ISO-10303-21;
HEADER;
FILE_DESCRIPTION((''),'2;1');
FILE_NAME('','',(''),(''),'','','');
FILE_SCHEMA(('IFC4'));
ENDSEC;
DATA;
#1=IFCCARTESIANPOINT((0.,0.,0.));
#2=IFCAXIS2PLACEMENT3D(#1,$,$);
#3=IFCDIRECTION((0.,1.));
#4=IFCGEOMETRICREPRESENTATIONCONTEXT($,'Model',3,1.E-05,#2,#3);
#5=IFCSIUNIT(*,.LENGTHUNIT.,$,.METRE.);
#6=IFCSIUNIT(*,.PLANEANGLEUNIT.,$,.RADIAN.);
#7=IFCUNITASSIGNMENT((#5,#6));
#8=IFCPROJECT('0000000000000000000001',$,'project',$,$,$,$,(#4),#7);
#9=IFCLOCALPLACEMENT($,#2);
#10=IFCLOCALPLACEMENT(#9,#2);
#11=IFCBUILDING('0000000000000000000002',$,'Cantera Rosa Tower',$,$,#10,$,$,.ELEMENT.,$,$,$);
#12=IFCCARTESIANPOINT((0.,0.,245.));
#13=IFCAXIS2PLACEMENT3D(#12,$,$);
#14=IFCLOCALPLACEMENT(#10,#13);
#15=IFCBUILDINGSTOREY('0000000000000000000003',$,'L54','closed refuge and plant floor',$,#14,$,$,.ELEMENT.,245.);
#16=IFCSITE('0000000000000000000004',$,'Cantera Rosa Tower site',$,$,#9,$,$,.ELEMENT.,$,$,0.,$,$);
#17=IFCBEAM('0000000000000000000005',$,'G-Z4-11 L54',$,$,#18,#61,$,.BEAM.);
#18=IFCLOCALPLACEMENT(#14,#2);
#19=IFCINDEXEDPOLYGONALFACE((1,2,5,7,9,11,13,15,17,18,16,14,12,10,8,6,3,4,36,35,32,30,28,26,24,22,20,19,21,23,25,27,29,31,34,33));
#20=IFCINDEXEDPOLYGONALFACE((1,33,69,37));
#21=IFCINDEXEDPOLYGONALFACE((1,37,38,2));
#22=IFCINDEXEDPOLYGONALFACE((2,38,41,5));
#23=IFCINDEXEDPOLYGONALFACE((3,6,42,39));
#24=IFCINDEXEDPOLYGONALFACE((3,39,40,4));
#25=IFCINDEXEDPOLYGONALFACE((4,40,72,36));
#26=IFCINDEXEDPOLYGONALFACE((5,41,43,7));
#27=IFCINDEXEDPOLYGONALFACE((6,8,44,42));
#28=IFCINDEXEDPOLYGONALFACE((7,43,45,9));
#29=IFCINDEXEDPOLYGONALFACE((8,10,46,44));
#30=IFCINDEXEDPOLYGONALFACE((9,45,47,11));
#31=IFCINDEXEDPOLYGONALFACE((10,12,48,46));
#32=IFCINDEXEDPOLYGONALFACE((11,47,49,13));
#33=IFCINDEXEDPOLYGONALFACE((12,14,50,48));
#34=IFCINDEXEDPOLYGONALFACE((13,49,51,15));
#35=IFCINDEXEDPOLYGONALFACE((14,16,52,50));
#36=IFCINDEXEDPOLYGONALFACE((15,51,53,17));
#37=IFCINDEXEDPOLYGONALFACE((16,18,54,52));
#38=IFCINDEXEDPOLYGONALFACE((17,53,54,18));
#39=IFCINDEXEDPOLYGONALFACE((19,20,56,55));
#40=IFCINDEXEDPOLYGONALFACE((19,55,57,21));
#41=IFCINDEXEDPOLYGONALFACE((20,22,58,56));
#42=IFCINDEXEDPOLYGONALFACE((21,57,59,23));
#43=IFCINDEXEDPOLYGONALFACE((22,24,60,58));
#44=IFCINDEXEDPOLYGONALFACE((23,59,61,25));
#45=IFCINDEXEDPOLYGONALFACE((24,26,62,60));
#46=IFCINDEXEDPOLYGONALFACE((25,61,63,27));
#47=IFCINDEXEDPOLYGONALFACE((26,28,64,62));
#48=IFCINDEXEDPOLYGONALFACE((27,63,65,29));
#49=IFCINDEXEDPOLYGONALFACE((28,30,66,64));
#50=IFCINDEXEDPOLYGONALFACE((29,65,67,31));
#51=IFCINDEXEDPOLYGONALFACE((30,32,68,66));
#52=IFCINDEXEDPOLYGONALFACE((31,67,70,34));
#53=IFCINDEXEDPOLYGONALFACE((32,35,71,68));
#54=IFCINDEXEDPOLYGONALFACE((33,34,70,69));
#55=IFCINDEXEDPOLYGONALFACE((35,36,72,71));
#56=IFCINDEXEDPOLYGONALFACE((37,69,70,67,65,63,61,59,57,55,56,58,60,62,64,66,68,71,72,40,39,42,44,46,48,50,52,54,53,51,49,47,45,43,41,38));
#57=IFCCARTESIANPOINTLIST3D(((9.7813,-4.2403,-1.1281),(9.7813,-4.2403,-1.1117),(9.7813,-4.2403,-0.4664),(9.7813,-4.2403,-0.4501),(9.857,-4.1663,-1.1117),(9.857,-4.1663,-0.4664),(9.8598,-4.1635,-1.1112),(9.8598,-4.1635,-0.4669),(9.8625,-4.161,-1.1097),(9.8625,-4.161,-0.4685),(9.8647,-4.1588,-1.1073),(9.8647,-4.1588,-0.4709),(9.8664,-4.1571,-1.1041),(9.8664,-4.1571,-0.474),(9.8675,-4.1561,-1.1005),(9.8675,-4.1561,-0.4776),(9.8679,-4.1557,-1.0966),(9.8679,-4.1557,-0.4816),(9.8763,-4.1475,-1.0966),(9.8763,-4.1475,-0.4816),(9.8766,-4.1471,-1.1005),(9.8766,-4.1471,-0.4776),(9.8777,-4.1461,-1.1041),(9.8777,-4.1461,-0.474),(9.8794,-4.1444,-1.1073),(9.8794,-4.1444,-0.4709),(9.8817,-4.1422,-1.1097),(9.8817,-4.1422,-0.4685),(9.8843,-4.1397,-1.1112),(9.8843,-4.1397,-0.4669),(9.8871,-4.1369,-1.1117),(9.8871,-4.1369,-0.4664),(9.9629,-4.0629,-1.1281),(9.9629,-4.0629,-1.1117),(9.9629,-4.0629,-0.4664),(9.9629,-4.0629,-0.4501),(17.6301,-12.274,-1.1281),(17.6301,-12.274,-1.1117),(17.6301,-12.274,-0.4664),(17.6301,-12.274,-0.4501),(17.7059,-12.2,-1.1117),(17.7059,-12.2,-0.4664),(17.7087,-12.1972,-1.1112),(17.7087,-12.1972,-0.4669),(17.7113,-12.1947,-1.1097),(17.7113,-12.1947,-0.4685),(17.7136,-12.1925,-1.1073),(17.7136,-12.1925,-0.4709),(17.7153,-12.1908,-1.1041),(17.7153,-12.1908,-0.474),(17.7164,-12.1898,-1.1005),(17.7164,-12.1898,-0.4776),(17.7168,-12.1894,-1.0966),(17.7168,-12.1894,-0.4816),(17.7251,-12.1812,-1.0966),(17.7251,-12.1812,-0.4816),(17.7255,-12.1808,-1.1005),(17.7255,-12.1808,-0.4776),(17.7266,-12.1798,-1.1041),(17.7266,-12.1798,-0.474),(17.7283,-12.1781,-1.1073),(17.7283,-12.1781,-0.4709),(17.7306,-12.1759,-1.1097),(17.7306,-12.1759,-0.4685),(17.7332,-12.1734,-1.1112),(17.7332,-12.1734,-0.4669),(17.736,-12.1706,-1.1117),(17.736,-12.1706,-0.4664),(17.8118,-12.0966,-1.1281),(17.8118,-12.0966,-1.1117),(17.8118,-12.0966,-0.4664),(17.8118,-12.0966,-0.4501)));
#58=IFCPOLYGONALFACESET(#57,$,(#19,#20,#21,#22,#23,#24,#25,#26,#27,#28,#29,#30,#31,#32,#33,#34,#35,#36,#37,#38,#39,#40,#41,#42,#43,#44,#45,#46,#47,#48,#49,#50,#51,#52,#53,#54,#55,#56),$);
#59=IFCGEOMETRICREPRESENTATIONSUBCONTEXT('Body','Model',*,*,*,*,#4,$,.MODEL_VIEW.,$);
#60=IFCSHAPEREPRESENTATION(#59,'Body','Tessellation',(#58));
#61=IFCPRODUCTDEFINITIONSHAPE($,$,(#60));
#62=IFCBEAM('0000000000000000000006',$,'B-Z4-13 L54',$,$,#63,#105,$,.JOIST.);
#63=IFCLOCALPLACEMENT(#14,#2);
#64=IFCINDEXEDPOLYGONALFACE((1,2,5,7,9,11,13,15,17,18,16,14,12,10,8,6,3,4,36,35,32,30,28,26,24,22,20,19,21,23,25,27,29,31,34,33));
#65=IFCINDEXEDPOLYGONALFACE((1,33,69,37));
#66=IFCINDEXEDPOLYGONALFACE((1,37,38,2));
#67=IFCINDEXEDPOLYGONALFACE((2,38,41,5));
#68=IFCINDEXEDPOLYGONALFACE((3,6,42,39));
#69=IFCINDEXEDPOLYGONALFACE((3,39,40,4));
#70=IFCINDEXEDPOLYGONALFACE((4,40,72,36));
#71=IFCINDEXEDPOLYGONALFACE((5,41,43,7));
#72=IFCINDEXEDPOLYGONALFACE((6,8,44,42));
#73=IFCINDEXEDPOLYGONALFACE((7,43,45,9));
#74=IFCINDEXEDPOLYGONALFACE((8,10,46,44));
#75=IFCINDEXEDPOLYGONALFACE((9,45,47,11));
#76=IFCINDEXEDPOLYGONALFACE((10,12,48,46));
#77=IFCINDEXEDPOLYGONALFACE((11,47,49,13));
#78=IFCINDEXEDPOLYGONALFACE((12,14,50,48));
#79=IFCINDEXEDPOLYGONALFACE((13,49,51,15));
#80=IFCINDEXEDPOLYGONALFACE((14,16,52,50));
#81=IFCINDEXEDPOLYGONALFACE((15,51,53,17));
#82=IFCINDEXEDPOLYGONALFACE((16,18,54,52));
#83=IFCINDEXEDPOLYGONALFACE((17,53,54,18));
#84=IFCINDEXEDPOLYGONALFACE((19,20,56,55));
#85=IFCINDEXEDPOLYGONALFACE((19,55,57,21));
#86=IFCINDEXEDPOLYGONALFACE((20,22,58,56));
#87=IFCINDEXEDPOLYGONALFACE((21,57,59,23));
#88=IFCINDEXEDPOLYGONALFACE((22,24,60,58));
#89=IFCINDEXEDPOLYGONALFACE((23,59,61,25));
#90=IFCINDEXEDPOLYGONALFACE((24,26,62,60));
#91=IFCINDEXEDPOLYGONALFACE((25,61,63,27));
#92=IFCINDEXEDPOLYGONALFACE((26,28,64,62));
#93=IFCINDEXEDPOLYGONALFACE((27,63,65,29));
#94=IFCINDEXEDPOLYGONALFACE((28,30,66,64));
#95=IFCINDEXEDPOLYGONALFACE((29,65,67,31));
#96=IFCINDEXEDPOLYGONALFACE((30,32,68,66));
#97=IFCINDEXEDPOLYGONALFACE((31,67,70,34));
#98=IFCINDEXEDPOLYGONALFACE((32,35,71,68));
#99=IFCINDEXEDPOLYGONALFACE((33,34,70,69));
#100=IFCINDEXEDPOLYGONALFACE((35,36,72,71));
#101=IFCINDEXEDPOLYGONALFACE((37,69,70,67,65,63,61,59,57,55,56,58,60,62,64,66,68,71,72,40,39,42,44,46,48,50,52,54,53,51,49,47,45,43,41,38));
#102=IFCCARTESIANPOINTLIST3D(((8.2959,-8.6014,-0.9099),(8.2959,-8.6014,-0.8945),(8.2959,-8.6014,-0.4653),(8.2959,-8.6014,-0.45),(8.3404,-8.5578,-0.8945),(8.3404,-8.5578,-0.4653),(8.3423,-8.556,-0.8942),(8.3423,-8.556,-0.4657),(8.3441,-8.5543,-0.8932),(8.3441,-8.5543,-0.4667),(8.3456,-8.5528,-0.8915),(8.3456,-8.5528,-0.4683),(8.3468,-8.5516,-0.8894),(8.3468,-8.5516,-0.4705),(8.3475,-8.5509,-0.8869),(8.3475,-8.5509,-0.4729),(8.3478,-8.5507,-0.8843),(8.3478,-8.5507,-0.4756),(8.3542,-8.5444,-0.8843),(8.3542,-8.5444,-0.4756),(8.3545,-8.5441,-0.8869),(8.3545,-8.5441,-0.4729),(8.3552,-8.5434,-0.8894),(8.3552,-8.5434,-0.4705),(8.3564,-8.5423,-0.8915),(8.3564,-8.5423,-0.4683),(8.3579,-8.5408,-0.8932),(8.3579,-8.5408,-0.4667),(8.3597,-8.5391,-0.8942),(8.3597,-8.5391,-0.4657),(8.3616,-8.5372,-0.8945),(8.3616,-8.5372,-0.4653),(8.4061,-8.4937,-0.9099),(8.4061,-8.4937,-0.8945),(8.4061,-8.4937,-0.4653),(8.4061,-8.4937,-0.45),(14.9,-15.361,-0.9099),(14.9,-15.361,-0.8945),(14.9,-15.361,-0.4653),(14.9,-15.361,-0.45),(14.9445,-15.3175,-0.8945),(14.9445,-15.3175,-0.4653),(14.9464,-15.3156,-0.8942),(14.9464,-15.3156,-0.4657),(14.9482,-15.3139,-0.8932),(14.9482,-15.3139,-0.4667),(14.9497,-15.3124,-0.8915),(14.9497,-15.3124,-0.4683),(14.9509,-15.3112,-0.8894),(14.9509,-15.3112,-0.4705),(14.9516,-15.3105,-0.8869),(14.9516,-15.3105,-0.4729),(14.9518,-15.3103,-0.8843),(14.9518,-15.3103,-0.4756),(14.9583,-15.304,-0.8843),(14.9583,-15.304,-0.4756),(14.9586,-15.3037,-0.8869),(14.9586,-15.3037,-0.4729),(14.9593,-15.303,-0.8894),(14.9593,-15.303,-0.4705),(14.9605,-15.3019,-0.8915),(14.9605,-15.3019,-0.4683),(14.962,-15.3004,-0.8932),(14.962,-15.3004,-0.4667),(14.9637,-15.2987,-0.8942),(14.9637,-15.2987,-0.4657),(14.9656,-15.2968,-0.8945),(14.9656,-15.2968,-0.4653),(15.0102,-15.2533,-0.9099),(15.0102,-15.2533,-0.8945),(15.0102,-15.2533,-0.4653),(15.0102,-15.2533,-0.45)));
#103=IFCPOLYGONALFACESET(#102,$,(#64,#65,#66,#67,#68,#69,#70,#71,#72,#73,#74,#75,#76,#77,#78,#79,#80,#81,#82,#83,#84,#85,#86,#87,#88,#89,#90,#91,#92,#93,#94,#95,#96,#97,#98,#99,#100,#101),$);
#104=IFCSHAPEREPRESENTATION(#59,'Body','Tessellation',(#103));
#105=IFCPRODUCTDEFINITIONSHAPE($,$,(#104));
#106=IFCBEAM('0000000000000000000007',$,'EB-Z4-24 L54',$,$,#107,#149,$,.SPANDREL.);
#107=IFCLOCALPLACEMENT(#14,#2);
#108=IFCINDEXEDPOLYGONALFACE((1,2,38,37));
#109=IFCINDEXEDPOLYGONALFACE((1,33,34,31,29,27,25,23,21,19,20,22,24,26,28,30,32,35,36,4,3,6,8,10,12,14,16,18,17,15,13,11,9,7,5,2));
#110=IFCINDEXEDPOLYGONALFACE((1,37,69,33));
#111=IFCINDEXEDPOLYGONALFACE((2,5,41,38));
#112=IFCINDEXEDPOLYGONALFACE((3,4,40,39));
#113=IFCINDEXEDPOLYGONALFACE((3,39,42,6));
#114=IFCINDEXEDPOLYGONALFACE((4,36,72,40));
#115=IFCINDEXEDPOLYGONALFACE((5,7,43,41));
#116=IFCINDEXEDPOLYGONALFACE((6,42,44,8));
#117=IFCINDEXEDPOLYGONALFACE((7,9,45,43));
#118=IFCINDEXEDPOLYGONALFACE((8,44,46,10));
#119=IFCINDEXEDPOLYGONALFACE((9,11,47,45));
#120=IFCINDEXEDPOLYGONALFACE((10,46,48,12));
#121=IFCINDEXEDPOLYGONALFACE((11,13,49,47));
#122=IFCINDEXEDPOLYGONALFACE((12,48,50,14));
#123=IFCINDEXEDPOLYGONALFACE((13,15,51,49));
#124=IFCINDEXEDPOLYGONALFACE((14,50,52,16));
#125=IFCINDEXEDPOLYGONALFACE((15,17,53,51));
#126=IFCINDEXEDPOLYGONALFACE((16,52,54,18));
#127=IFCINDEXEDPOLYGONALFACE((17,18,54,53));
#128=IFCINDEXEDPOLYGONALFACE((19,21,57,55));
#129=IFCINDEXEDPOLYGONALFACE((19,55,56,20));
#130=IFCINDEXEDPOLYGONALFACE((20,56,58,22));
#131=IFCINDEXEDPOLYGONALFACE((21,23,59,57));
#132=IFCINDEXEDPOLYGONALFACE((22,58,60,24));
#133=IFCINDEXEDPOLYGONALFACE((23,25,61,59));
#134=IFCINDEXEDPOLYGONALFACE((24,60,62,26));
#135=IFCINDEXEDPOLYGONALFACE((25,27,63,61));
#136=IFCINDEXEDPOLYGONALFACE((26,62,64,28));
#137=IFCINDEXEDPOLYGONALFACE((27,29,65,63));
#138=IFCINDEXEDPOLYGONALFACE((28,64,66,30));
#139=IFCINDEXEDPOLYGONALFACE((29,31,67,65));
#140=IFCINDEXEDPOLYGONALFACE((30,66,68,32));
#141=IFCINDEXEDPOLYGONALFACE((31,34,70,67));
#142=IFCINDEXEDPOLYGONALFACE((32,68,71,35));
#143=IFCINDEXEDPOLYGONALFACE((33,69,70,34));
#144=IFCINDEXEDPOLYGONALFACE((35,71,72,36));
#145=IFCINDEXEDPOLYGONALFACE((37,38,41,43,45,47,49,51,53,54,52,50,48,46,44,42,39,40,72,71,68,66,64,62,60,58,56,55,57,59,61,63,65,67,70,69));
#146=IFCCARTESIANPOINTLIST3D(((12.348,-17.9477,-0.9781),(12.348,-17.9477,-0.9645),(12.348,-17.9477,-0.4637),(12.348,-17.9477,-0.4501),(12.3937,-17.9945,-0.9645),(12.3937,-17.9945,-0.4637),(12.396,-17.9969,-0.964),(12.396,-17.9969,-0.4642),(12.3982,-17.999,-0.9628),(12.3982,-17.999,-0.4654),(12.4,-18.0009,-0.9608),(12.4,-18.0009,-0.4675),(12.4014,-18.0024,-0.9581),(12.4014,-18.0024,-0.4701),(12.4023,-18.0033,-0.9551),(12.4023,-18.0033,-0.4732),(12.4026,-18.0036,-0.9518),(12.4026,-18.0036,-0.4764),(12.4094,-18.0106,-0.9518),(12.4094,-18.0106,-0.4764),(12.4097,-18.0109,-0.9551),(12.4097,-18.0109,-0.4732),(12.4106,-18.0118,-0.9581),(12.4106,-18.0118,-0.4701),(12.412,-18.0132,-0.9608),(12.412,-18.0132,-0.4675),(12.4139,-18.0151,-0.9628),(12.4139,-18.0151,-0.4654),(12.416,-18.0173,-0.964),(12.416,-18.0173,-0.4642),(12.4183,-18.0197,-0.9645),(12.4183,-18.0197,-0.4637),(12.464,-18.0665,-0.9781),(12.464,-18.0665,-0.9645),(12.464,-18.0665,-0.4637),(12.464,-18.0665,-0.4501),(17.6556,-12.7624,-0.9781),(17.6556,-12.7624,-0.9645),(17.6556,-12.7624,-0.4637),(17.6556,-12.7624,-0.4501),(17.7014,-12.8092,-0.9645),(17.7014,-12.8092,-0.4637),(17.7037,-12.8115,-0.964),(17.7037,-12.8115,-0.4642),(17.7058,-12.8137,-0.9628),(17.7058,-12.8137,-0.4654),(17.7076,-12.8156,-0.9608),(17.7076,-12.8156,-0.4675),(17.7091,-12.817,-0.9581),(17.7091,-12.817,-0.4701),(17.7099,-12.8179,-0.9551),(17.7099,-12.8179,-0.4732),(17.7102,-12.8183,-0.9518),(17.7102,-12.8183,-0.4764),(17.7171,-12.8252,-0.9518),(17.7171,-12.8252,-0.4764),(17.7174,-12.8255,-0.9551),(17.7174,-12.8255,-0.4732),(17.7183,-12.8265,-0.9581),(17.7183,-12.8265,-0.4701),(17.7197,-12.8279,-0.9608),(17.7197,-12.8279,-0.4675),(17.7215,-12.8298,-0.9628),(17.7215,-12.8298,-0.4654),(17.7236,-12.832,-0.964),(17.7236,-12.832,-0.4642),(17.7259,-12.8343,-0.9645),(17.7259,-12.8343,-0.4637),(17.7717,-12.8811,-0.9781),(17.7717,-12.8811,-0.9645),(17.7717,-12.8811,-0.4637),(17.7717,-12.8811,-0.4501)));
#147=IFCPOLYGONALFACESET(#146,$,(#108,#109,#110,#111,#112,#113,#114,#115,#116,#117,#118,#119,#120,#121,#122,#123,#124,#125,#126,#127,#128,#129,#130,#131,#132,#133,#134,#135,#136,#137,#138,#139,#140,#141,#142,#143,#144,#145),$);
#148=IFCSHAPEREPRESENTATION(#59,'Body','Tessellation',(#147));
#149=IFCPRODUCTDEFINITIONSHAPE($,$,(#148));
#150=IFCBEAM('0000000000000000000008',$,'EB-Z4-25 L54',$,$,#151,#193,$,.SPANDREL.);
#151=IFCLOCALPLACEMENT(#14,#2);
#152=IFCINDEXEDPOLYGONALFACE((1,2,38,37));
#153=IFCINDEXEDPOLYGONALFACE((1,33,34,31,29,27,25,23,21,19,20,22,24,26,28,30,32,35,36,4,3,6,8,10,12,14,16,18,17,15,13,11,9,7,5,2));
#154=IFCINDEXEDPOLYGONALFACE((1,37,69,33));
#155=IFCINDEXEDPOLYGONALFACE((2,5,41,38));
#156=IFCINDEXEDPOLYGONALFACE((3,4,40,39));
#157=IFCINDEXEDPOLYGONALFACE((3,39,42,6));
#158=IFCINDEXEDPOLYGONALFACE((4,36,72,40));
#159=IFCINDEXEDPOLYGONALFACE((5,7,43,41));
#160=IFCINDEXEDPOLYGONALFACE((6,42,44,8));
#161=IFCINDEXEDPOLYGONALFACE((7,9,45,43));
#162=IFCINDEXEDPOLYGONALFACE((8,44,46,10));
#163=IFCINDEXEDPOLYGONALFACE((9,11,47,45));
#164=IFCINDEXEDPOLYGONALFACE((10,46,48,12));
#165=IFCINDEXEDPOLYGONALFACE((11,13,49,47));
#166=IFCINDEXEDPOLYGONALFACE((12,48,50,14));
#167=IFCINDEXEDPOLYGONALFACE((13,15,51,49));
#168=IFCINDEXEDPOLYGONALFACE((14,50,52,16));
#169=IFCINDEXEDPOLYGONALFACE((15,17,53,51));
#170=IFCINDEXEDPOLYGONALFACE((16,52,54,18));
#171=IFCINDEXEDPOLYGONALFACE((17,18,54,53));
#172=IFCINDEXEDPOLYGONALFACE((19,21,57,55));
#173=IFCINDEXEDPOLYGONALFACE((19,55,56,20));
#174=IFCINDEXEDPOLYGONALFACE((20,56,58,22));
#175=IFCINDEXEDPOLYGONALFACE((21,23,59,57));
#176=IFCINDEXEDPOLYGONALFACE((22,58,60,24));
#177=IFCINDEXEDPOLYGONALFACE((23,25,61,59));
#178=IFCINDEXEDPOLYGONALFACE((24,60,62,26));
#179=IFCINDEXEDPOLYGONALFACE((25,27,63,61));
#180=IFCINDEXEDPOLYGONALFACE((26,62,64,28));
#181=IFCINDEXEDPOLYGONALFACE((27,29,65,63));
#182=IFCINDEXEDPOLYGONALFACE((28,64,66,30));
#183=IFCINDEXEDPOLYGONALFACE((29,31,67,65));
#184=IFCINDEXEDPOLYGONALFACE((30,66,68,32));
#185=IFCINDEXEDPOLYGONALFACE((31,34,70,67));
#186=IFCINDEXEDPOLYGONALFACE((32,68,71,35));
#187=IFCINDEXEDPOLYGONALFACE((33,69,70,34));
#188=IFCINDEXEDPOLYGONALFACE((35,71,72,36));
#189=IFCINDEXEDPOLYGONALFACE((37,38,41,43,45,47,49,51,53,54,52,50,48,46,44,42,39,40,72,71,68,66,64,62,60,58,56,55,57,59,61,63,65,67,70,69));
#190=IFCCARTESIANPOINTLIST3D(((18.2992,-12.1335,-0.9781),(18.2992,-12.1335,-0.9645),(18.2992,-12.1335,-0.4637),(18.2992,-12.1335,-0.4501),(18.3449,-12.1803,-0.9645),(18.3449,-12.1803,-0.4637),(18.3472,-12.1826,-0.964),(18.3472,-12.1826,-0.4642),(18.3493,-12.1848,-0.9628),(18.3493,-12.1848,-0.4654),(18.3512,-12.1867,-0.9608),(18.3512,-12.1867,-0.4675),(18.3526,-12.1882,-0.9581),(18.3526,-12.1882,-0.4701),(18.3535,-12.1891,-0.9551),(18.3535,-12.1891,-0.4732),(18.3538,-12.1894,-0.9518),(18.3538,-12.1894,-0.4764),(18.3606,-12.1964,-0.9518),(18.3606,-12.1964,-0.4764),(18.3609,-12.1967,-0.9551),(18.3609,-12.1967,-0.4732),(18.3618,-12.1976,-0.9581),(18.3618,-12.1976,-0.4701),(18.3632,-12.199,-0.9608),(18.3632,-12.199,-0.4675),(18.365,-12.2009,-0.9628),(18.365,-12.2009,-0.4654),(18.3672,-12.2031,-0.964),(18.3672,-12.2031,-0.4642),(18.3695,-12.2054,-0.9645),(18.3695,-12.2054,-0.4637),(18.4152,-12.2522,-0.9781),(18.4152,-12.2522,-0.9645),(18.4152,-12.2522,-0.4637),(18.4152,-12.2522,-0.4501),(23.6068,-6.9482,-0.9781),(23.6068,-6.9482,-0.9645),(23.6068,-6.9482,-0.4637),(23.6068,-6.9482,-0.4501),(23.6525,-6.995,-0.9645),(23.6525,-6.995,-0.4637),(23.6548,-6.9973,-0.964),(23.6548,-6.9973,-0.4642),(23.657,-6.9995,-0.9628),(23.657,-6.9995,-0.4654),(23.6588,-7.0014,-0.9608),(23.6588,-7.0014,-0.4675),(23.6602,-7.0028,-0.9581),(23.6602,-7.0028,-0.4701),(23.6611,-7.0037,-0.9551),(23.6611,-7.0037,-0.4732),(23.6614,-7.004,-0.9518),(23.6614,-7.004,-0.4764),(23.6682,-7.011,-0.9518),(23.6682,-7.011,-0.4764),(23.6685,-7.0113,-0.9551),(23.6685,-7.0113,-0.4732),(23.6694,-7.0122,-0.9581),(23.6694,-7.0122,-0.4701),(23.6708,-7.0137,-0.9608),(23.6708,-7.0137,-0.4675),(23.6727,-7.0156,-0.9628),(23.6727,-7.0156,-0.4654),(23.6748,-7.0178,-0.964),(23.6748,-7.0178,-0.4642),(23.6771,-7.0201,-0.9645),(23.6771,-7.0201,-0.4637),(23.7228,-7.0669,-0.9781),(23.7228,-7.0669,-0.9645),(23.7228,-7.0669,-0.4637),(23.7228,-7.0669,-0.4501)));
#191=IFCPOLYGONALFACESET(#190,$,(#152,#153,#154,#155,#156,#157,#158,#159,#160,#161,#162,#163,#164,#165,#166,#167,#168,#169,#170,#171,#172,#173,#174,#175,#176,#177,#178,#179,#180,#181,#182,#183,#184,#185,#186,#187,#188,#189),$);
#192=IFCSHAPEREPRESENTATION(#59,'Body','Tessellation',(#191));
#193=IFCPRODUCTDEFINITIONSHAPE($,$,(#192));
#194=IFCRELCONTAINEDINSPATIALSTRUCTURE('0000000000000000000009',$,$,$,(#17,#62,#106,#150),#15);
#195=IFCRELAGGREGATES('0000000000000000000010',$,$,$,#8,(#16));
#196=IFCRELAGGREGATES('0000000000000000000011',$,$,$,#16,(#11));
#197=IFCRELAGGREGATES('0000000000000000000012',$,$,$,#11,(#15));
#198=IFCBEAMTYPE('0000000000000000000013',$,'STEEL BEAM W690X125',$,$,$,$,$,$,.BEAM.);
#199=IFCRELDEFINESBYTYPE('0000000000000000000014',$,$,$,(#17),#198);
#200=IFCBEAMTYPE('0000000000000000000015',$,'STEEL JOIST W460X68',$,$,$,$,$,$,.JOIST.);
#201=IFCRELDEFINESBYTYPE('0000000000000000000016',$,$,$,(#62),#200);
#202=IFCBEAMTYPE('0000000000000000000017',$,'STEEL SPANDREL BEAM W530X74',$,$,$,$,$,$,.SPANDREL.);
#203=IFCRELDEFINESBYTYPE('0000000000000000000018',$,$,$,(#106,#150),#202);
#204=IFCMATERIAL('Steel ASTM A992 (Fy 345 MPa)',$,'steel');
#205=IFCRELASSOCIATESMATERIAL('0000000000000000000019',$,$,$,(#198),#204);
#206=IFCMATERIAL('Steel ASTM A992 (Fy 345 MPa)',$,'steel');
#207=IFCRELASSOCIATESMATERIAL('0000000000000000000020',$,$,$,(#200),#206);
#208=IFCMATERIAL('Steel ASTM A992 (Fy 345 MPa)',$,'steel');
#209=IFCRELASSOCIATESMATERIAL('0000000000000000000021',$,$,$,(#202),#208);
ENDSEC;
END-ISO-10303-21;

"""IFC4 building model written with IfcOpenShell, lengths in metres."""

from ifc_helpers import new_model, si_unit, direction, frame, origin, origin_2d, place, context, subcontext, project, spatial, i_section, extrude, material, material_profile, profile_set, type_object, element, save


model = new_model("IFC4")

# Units and contexts
model_context = context("Model", 3, precision=1e-05, world=origin(), true_north=direction((0.0, 1.0)))
body_context = subcontext(model_context, "Body", "Model", "MODEL_VIEW")
ifc_project = project(units=[si_unit("LENGTHUNIT", "METRE"), si_unit("PLANEANGLEUNIT", "RADIAN")], contexts=[model_context])

# Site, building, storey
site_placement = place(None, origin())
site = spatial("IfcSite", under=ifc_project, at=site_placement, Name="Cantera Rosa Tower site", CompositionType="ELEMENT", RefElevation=0.0)
building_placement = place(site_placement, origin())
building = spatial("IfcBuilding", under=site, at=building_placement, Name="Cantera Rosa Tower", CompositionType="ELEMENT")
storey_placement = place(building_placement, frame((0.0, 0.0, 245.0)))
storey = spatial("IfcBuildingStorey", under=building, at=storey_placement, Name="L54", Description="closed refuge and plant floor", CompositionType="ELEMENT", Elevation=245.0)

# Beams
ifc_material_1 = material(Name="Steel ASTM A992 (Fy 345 MPa)", Category="steel")
ifc_material_profile_1 = material_profile(ifc_material_1, i_section(OverallWidth=0.2539, OverallDepth=0.678, WebThickness=0.0117, FlangeThickness=0.0164, FilletRadius=0.0151, at=origin_2d()), Name="W690X125")
ifc_profile_set_1 = profile_set([ifc_material_profile_1], Name="Steel ASTM A992 (Fy 345 MPa)")
beam_type_1 = type_object("IfcBeamType", Name="STEEL BEAM W690X125", PredefinedType="BEAM", material=ifc_profile_set_1)
beam_1_placement = place(storey_placement, frame((17.7209, -12.1853, -0.7891), z_axis=(-0.698831, 0.715286, 0.0), x_axis=(-0.715286, -0.698831, 0.0)))
element("IfcBeam", 1, at=beam_1_placement, inside=storey, type_object=beam_type_1, Name="G-Z4-11 L54", PredefinedType="BEAM", context=body_context, shape_type="SweptSolid", body=[
    extrude(i_section(OverallWidth=0.2539, OverallDepth=0.678, WebThickness=0.0117, FlangeThickness=0.0164, FilletRadius=0.0151, at=origin_2d()), origin(), (0.0, 0.0, 1.0), 11.2314),
])
ifc_material_2 = material(Name="Steel ASTM A992 (Fy 345 MPa)", Category="steel")
ifc_material_profile_2 = material_profile(ifc_material_2, i_section(OverallWidth=0.1541, OverallDepth=0.46, WebThickness=0.009, FlangeThickness=0.0154, FilletRadius=0.0103, at=origin_2d()), Name="W460X68")
ifc_profile_set_2 = profile_set([ifc_material_profile_2], Name="Steel ASTM A992 (Fy 345 MPa)")
beam_type_2 = type_object("IfcBeamType", Name="STEEL JOIST W460X68", PredefinedType="JOIST", material=ifc_profile_set_2)
beam_2_placement = place(storey_placement, frame((14.9551, -15.3071, -0.6799), z_axis=(-0.698831, 0.715287, 0.0), x_axis=(-0.715287, -0.698831, 0.0)))
element("IfcBeam", 2, at=beam_2_placement, inside=storey, type_object=beam_type_2, Name="B-Z4-13 L54", PredefinedType="JOIST", context=body_context, shape_type="SweptSolid", body=[
    extrude(i_section(OverallWidth=0.1541, OverallDepth=0.46, WebThickness=0.009, FlangeThickness=0.0154, FilletRadius=0.0103, at=origin_2d()), origin(), (0.0, 0.0, 1.0), 9.4502),
])
ifc_material_3 = material(Name="Steel ASTM A992 (Fy 345 MPa)", Category="steel")
ifc_material_profile_3 = material_profile(ifc_material_3, i_section(OverallWidth=0.166, OverallDepth=0.5281, WebThickness=0.0098, FlangeThickness=0.0137, FilletRadius=0.0127, at=origin_2d()), Name="W530X74")
ifc_profile_set_3 = profile_set([ifc_material_profile_3], Name="Steel ASTM A992 (Fy 345 MPa)")
beam_type_3 = type_object("IfcBeamType", Name="STEEL SPANDREL BEAM W530X74", PredefinedType="SPANDREL", material=ifc_profile_set_3)
for number, where, z_axis, x_axis, name in (
    (3, (12.406, -18.0071, -0.7141), (0.715301, 0.698817, 0.0), (-0.698817, 0.715301, 0.0), "EB-Z4-24 L54"),
    (4, (18.3572, -12.1929, -0.7141), (0.715301, 0.698817, 0.0), (-0.698817, 0.715301, 0.0), "EB-Z4-25 L54"),
):
    element("IfcBeam", number, at=place(storey_placement, frame(where, z_axis=z_axis, x_axis=x_axis)), inside=storey, type_object=beam_type_3, Name=name, PredefinedType="SPANDREL", context=body_context, shape_type="SweptSolid", body=[
        extrude(i_section(OverallWidth=0.166, OverallDepth=0.5281, WebThickness=0.0098, FlangeThickness=0.0137, FilletRadius=0.0127, at=origin_2d()), origin(), (0.0, 0.0, 1.0), 7.4202),
    ])

save(model, "model.ifc")
